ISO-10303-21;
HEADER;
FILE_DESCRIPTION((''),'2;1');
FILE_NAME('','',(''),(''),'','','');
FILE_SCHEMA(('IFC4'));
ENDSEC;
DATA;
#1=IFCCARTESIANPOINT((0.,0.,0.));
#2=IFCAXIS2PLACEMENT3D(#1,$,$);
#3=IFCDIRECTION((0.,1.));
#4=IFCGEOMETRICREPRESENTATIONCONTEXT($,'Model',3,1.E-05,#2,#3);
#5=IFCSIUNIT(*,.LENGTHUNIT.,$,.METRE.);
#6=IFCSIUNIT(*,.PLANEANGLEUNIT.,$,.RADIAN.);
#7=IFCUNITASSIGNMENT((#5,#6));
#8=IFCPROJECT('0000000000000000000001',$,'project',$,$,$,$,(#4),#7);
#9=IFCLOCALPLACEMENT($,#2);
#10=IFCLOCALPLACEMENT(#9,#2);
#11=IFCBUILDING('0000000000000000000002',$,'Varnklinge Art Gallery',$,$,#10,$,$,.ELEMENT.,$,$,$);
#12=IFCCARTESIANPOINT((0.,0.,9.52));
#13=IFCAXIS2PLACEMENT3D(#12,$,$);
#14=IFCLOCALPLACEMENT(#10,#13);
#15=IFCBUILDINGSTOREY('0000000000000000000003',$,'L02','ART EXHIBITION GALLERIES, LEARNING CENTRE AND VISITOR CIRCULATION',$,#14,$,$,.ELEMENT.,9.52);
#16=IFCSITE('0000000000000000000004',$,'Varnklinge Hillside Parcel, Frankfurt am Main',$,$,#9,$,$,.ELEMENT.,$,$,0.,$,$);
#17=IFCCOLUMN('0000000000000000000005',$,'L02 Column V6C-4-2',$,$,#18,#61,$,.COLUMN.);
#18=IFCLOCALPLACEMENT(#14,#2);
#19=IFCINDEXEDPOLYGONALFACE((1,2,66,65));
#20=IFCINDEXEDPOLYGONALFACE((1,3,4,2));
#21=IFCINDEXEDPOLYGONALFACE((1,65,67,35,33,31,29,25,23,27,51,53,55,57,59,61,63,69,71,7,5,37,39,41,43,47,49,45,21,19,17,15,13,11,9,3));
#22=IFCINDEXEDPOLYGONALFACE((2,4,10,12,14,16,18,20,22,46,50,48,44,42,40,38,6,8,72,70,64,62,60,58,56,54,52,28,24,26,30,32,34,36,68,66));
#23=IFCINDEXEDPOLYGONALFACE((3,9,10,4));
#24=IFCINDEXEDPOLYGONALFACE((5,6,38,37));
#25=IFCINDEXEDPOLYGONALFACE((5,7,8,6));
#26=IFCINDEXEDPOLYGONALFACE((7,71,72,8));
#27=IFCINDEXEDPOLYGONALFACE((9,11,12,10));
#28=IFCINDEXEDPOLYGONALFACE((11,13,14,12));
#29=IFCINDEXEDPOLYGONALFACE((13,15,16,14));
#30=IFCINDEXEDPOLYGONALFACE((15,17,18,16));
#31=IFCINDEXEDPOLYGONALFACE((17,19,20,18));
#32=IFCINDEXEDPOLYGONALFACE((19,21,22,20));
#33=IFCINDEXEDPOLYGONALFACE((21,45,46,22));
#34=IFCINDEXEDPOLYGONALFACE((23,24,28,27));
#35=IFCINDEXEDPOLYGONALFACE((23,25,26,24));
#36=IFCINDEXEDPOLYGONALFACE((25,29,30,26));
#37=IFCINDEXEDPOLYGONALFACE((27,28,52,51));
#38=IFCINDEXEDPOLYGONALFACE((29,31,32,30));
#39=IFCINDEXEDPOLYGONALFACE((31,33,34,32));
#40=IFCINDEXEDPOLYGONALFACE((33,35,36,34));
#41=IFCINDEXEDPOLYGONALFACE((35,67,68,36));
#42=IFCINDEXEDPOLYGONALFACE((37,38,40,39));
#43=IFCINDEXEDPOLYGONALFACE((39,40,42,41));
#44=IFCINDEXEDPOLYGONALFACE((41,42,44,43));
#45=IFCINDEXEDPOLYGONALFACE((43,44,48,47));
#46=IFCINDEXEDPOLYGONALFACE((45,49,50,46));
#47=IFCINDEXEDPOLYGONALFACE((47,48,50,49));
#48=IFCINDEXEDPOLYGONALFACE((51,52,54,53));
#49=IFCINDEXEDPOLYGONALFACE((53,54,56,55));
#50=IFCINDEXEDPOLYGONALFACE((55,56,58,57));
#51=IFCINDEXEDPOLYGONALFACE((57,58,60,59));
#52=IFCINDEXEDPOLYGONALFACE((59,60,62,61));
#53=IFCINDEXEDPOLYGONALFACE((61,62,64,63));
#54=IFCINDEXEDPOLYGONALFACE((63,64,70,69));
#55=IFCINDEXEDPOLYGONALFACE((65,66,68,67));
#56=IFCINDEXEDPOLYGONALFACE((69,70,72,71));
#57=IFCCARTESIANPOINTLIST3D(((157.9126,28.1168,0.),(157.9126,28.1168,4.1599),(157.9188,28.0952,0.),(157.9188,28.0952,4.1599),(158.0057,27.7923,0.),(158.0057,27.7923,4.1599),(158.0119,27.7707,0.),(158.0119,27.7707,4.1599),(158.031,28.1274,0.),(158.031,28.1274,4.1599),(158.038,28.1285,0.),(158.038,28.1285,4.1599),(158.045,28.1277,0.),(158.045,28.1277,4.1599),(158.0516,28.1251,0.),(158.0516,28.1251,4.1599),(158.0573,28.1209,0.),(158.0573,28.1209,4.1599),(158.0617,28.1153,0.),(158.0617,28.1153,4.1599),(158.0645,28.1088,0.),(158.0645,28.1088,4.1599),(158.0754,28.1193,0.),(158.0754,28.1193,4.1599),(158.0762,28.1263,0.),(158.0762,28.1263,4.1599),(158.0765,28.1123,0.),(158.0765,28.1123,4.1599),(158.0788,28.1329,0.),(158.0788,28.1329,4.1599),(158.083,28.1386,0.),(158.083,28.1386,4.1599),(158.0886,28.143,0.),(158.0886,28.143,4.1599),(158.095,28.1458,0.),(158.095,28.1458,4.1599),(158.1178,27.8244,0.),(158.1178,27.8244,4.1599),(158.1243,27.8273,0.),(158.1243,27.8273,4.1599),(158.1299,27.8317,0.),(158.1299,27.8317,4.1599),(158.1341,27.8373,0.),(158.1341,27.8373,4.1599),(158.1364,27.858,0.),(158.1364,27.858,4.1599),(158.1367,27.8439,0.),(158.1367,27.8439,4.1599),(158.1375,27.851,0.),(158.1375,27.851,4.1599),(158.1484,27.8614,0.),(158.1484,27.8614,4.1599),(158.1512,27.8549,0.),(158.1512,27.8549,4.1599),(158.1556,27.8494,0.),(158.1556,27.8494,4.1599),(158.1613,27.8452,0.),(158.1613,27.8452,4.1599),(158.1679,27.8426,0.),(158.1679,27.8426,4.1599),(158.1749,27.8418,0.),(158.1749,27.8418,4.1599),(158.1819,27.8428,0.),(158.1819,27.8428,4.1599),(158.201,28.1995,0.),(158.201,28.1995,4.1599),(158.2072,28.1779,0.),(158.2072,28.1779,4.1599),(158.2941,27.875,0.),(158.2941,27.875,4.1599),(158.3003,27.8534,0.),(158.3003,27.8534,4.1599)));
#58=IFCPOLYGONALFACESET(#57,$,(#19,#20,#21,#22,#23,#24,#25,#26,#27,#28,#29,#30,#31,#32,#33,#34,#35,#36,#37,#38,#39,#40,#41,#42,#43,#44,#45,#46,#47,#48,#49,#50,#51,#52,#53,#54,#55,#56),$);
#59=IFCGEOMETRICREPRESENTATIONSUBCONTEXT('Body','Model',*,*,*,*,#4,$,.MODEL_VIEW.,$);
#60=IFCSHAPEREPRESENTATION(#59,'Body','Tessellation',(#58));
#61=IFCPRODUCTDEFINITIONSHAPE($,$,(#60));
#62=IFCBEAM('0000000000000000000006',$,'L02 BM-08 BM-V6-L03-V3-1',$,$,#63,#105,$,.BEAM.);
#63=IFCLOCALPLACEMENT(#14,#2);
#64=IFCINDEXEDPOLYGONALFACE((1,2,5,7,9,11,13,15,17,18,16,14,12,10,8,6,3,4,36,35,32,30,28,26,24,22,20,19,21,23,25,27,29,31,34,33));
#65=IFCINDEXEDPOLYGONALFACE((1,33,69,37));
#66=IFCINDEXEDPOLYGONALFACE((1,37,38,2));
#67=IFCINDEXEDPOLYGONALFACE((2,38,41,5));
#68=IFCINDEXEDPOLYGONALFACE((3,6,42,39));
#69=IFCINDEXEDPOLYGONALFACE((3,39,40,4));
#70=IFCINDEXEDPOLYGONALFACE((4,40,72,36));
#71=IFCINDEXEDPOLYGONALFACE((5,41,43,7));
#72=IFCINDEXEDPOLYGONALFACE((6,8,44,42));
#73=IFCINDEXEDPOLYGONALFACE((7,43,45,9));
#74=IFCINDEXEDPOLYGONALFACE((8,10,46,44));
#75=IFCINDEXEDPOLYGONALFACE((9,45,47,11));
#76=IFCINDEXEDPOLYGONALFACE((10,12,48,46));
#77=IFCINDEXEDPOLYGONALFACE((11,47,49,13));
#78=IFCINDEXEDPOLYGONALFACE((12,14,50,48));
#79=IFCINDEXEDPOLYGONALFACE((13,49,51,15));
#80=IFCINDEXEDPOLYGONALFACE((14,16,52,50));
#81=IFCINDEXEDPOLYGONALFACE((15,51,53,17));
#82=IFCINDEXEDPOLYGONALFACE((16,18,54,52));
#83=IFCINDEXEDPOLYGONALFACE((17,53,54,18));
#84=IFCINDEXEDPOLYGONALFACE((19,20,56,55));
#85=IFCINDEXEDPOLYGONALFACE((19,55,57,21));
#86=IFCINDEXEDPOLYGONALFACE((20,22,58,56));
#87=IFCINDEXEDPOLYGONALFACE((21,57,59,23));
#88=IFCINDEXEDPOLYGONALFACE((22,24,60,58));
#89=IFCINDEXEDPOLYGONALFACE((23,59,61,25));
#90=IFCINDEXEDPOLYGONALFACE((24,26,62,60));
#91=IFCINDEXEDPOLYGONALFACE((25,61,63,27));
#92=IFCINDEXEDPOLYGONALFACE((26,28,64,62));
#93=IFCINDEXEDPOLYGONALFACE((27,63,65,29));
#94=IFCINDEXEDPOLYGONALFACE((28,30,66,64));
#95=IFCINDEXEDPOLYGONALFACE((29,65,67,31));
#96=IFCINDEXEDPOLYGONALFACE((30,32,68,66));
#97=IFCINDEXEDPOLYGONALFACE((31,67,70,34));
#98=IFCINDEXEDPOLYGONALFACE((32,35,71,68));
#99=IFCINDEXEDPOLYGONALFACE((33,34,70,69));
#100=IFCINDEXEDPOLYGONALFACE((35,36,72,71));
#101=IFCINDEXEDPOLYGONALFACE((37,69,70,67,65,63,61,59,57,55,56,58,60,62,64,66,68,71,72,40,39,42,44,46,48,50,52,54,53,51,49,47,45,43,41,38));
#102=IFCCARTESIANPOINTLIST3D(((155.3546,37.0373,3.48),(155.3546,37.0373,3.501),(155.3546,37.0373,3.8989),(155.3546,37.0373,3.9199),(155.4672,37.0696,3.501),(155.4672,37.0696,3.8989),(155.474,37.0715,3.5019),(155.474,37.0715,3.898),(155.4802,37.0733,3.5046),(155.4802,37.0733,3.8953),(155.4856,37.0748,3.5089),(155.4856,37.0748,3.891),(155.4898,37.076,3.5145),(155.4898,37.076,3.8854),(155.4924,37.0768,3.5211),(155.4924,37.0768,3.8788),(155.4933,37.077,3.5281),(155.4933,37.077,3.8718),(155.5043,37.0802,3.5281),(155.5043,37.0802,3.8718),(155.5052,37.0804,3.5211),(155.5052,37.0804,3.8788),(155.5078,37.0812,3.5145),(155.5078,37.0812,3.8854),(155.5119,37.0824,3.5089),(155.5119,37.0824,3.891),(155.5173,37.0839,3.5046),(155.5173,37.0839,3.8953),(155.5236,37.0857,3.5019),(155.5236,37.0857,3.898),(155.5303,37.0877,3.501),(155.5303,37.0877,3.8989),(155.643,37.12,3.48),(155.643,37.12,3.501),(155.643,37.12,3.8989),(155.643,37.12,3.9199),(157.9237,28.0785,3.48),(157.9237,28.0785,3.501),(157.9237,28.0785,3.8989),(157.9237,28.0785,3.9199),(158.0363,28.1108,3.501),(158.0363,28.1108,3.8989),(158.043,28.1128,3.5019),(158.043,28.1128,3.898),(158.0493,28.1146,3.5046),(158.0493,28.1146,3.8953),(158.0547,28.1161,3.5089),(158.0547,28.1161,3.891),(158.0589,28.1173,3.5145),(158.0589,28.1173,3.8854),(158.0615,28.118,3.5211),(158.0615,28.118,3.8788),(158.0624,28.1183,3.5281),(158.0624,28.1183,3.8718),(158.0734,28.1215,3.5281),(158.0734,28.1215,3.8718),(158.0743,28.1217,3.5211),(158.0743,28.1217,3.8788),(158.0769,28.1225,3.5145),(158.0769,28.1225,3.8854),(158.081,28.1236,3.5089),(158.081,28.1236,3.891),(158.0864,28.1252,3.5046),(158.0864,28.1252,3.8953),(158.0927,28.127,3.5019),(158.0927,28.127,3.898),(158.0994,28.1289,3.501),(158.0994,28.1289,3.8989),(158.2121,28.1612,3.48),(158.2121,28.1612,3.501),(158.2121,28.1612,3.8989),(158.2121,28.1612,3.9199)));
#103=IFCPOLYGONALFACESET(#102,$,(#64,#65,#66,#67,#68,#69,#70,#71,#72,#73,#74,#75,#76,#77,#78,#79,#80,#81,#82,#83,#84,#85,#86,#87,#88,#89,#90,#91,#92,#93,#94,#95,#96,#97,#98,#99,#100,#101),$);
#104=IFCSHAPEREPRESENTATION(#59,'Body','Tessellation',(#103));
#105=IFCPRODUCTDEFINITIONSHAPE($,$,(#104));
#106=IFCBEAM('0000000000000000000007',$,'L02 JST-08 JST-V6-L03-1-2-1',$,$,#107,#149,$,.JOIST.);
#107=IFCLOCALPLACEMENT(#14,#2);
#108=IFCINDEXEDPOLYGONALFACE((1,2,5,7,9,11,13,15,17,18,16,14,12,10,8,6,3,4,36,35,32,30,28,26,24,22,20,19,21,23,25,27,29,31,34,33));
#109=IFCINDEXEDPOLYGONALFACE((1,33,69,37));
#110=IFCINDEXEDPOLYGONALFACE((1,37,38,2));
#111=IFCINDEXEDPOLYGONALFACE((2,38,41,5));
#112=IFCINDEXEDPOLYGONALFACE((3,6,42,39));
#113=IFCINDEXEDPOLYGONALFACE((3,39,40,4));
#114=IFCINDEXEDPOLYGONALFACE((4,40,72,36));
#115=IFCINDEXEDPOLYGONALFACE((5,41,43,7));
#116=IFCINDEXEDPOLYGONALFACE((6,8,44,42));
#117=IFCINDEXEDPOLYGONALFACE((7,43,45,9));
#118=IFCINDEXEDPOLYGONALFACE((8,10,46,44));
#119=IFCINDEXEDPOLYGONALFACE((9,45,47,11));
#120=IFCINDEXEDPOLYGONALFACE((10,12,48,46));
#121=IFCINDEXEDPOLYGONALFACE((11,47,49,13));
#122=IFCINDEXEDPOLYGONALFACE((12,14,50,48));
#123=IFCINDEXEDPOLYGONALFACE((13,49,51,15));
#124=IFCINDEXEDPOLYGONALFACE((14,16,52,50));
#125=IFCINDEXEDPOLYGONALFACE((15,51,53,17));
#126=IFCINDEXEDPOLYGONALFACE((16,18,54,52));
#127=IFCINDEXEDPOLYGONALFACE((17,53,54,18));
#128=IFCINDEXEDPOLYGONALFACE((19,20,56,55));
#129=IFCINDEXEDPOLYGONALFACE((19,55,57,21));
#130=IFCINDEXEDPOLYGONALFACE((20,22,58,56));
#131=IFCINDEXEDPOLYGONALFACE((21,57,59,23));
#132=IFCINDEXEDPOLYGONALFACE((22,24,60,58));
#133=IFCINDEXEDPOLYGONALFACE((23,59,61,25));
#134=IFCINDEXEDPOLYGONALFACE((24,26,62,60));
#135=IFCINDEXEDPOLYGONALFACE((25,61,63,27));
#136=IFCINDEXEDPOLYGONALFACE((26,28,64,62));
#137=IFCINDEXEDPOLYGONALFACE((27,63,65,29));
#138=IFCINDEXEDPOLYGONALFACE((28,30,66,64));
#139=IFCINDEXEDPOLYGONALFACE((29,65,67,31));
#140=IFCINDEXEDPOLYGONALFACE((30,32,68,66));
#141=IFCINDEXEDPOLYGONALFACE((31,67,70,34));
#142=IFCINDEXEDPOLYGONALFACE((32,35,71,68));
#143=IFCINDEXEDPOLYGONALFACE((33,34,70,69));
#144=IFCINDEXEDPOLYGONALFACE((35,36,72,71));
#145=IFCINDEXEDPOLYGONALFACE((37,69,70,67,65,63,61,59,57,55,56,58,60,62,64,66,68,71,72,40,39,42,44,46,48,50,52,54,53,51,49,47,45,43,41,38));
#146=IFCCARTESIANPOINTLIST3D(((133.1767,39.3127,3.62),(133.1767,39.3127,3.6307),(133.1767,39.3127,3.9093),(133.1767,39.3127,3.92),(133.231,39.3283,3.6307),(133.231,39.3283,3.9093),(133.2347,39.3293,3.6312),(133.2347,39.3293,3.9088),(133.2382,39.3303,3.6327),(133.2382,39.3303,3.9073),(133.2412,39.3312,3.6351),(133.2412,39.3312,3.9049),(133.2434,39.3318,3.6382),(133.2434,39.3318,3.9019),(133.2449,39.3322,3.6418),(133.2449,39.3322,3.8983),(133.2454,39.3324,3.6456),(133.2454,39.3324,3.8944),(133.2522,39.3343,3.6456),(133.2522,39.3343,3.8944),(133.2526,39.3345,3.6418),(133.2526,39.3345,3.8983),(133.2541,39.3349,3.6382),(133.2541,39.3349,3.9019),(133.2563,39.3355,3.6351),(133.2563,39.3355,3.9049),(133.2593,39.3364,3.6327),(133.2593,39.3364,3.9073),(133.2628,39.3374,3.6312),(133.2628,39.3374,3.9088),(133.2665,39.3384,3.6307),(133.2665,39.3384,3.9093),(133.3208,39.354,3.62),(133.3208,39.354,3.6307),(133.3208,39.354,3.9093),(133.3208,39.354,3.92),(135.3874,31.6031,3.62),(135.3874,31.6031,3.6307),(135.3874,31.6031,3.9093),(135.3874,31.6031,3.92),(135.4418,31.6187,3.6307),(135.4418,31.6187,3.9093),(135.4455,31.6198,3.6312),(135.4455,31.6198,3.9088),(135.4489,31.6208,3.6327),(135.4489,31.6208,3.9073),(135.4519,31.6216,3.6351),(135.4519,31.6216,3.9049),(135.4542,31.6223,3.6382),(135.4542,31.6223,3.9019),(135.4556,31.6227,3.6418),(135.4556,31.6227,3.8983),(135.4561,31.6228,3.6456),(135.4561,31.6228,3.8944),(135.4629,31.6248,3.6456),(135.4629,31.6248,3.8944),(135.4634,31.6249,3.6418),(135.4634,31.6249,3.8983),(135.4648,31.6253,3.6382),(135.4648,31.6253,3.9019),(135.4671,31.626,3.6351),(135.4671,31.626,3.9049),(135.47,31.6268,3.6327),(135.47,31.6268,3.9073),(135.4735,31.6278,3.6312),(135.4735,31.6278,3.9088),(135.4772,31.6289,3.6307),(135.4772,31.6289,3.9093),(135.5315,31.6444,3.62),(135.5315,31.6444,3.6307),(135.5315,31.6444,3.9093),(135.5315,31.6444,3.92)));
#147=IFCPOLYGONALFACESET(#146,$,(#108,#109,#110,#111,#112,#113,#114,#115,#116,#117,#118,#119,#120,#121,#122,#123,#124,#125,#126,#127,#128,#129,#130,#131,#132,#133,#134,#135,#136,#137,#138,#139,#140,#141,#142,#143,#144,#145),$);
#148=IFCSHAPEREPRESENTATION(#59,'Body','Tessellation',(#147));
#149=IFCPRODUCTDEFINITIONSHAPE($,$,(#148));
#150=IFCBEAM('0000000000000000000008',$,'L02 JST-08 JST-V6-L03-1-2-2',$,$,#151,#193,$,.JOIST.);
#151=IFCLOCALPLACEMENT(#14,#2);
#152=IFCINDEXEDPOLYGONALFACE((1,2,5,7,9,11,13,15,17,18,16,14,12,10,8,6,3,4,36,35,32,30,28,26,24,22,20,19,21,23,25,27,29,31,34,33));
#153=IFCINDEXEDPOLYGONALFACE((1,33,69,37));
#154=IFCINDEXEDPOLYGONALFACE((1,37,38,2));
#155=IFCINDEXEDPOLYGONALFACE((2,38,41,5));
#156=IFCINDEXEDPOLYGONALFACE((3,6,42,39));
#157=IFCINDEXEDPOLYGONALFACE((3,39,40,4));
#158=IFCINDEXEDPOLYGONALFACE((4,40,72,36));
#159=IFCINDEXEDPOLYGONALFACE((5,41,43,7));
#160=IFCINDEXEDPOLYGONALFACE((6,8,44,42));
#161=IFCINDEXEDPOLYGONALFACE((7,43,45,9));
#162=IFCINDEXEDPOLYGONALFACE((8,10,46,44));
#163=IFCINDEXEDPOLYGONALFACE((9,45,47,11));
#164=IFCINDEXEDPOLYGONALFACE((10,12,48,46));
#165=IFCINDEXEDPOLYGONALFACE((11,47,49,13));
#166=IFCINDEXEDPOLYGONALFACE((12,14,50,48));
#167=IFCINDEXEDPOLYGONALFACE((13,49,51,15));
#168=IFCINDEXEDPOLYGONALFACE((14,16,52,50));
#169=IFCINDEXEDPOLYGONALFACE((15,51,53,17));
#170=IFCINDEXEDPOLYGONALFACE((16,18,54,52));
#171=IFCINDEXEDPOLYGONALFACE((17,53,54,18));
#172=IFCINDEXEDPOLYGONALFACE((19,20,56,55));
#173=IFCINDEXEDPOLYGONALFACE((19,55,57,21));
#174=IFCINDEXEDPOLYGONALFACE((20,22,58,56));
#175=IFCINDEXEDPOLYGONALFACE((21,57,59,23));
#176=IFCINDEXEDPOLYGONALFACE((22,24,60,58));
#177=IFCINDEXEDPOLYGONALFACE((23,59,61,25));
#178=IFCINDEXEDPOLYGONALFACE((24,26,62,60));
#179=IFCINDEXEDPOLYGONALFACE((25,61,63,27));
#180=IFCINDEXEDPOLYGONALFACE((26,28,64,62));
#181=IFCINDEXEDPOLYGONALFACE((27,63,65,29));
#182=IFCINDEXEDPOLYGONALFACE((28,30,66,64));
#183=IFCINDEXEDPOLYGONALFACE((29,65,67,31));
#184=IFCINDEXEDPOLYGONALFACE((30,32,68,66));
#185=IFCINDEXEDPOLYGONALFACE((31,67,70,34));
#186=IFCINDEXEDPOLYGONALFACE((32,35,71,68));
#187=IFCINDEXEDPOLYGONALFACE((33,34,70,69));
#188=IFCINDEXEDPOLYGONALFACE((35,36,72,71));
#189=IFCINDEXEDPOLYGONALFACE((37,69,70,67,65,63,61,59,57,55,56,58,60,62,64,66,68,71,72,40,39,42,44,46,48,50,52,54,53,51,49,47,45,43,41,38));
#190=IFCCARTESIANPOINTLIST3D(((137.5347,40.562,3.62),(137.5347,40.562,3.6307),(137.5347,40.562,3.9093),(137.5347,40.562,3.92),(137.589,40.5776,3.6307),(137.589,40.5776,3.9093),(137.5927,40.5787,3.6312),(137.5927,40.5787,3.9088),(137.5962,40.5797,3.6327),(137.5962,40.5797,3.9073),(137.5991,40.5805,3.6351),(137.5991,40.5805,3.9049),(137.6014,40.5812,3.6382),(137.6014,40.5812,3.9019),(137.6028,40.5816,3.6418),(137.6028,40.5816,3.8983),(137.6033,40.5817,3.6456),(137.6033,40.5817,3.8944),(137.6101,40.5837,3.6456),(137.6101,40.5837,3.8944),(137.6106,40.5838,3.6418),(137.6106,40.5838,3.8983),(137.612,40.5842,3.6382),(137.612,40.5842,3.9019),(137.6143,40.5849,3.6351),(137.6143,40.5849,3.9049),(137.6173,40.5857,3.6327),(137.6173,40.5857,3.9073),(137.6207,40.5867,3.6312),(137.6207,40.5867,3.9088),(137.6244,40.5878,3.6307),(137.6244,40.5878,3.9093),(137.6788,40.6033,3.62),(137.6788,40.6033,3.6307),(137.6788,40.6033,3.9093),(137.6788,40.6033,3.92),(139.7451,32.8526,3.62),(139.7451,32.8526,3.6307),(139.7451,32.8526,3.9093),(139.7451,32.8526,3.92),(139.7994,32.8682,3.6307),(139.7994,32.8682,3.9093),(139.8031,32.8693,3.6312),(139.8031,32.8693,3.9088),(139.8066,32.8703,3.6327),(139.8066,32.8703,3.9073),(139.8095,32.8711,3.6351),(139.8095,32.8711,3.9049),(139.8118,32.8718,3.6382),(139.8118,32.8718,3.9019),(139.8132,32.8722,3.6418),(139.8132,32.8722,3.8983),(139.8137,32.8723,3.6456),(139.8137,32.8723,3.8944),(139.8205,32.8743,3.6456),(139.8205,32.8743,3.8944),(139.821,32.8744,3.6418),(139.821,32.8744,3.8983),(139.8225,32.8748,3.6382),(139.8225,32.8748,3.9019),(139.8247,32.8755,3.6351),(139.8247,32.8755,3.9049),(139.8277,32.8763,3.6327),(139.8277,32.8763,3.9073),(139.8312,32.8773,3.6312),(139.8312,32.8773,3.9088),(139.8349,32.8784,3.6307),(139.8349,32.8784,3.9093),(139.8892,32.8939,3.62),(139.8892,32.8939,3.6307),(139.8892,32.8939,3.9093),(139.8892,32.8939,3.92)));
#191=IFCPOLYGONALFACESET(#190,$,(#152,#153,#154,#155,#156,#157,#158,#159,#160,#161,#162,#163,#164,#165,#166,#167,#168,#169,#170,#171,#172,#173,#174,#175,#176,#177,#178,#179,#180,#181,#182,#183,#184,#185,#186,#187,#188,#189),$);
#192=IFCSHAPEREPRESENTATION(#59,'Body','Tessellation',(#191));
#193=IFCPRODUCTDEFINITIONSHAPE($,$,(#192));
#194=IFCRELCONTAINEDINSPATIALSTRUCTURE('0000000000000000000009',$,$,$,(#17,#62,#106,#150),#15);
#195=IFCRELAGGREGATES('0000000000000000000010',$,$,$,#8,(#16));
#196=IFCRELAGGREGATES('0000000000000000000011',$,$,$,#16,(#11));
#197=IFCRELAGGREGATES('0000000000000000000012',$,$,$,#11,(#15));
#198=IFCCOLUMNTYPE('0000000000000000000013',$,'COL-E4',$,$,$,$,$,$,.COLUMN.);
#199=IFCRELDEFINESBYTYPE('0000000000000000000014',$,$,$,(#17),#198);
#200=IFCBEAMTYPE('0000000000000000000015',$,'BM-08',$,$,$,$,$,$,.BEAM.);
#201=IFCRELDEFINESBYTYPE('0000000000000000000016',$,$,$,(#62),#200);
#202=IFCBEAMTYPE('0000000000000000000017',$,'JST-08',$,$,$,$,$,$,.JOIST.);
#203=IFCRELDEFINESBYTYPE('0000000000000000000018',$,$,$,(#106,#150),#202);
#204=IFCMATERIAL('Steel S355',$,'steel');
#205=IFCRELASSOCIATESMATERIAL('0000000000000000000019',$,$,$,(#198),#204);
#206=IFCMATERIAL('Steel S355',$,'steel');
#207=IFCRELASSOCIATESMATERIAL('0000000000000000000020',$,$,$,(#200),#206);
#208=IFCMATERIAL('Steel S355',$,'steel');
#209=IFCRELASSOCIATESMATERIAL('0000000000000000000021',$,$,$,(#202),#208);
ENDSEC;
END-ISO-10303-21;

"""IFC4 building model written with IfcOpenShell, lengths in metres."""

from ifc_helpers import new_model, si_unit, direction, frame, origin, origin_2d, place, context, subcontext, project, spatial, i_section, extrude, material, material_profile, profile_set, type_object, element, save


model = new_model("IFC4")

# Units and contexts
model_context = context("Model", 3, precision=1e-05, world=origin(), true_north=direction((0.0, 1.0)))
body_context = subcontext(model_context, "Body", "Model", "MODEL_VIEW")
ifc_project = project(units=[si_unit("LENGTHUNIT", "METRE"), si_unit("PLANEANGLEUNIT", "RADIAN")], contexts=[model_context])

# Site, building, storey
site_placement = place(None, origin())
site = spatial("IfcSite", under=ifc_project, at=site_placement, Name="Varnklinge Hillside Parcel, Frankfurt am Main", CompositionType="ELEMENT", RefElevation=0.0)
building_placement = place(site_placement, origin())
building = spatial("IfcBuilding", under=site, at=building_placement, Name="Varnklinge Art Gallery", CompositionType="ELEMENT")
storey_placement = place(building_placement, frame((0.0, 0.0, 9.52)))
storey = spatial("IfcBuildingStorey", under=building, at=storey_placement, Name="L02", Description="ART EXHIBITION GALLERIES, LEARNING CENTRE AND VISITOR CIRCULATION", CompositionType="ELEMENT", Elevation=9.52)

# Column
ifc_material_1 = material(Name="Steel S355", Category="steel")
ifc_material_profile_1 = material_profile(ifc_material_1, i_section(OverallWidth=0.3, OverallDepth=0.3601, WebThickness=0.0125, FlangeThickness=0.0225, FilletRadius=0.0271, at=origin_2d()), Name="HEB 360")
ifc_profile_set_1 = profile_set([ifc_material_profile_1], Name="Steel S355")
column_type = type_object("IfcColumnType", Name="COL-E4", PredefinedType="COLUMN", material=ifc_profile_set_1)
column_placement = place(storey_placement, frame((158.1064, 27.9851, 0.0), z_axis=(0.0, 0.0, 1.0), x_axis=(0.961262, 0.275637, 0.0)))
element("IfcColumn", 1, at=column_placement, inside=storey, type_object=column_type, Name="L02 Column V6C-4-2", PredefinedType="COLUMN", context=body_context, shape_type="SweptSolid", body=[
    extrude(i_section(OverallWidth=0.3, OverallDepth=0.3601, WebThickness=0.0125, FlangeThickness=0.0225, FilletRadius=0.0271, at=origin_2d()), origin(), (0.0, 0.0, 1.0), 4.1599),
])

# Beams
ifc_material_2 = material(Name="Steel S355", Category="steel")
ifc_material_profile_2 = material_profile(ifc_material_2, i_section(OverallWidth=0.3, OverallDepth=0.4399, WebThickness=0.0115, FlangeThickness=0.021, FilletRadius=0.0271, at=origin_2d()), Name="HEA 450")
ifc_profile_set_2 = profile_set([ifc_material_profile_2], Name="Steel S355")
beam_type_1 = type_object("IfcBeamType", Name="BM-08", PredefinedType="BEAM", material=ifc_profile_set_2)
beam_1_placement = place(storey_placement, frame((158.0679, 28.1199, 3.7), z_axis=(-0.275659, 0.961256, 0.0), x_axis=(-0.961256, -0.275659, 0.0)))
element("IfcBeam", 2, at=beam_1_placement, inside=storey, type_object=beam_type_1, Name="L02 BM-08 BM-V6-L03-V3-1", PredefinedType="BEAM", context=body_context, shape_type="SweptSolid", body=[
    extrude(i_section(OverallWidth=0.3, OverallDepth=0.4399, WebThickness=0.0115, FlangeThickness=0.021, FilletRadius=0.0271, at=origin_2d()), origin(), (0.0, 0.0, 1.0), 9.3198),
])
ifc_material_3 = material(Name="Steel S355", Category="steel")
ifc_material_profile_3 = material_profile(ifc_material_3, i_section(OverallWidth=0.1499, OverallDepth=0.3, WebThickness=0.0071, FlangeThickness=0.0107, FilletRadius=0.0149, at=origin_2d()), Name="IPE 300")
ifc_profile_set_3 = profile_set([ifc_material_profile_3], Name="Steel S355")
beam_type_2 = type_object("IfcBeamType", Name="JST-08", PredefinedType="JOIST", material=ifc_profile_set_3)
beam_2_placement = place(storey_placement, frame((135.4595, 31.6238, 3.77), z_axis=(-0.275642, 0.96126, 0.0), x_axis=(-0.96126, -0.275642, 0.0)))
element("IfcBeam", 3, at=beam_2_placement, inside=storey, type_object=beam_type_2, Name="L02 JST-08 JST-V6-L03-1-2-1", PredefinedType="JOIST", context=body_context, shape_type="SweptSolid", body=[
    extrude(i_section(OverallWidth=0.1499, OverallDepth=0.3, WebThickness=0.0071, FlangeThickness=0.0107, FilletRadius=0.0149, at=origin_2d()), origin(), (0.0, 0.0, 1.0), 8.0203),
])
beam_3_placement = place(storey_placement, frame((139.8171, 32.8733, 3.77), z_axis=(-0.275614, 0.961269, 0.0), x_axis=(-0.961269, -0.275614, 0.0)))
element("IfcBeam", 4, at=beam_3_placement, inside=storey, type_object=beam_type_2, Name="L02 JST-08 JST-V6-L03-1-2-2", PredefinedType="JOIST", context=body_context, shape_type="SweptSolid", body=[
    extrude(i_section(OverallWidth=0.1499, OverallDepth=0.3, WebThickness=0.0071, FlangeThickness=0.0107, FilletRadius=0.0149, at=origin_2d()), origin(), (0.0, 0.0, 1.0), 8.02),
])

save(model, "model.ifc")
